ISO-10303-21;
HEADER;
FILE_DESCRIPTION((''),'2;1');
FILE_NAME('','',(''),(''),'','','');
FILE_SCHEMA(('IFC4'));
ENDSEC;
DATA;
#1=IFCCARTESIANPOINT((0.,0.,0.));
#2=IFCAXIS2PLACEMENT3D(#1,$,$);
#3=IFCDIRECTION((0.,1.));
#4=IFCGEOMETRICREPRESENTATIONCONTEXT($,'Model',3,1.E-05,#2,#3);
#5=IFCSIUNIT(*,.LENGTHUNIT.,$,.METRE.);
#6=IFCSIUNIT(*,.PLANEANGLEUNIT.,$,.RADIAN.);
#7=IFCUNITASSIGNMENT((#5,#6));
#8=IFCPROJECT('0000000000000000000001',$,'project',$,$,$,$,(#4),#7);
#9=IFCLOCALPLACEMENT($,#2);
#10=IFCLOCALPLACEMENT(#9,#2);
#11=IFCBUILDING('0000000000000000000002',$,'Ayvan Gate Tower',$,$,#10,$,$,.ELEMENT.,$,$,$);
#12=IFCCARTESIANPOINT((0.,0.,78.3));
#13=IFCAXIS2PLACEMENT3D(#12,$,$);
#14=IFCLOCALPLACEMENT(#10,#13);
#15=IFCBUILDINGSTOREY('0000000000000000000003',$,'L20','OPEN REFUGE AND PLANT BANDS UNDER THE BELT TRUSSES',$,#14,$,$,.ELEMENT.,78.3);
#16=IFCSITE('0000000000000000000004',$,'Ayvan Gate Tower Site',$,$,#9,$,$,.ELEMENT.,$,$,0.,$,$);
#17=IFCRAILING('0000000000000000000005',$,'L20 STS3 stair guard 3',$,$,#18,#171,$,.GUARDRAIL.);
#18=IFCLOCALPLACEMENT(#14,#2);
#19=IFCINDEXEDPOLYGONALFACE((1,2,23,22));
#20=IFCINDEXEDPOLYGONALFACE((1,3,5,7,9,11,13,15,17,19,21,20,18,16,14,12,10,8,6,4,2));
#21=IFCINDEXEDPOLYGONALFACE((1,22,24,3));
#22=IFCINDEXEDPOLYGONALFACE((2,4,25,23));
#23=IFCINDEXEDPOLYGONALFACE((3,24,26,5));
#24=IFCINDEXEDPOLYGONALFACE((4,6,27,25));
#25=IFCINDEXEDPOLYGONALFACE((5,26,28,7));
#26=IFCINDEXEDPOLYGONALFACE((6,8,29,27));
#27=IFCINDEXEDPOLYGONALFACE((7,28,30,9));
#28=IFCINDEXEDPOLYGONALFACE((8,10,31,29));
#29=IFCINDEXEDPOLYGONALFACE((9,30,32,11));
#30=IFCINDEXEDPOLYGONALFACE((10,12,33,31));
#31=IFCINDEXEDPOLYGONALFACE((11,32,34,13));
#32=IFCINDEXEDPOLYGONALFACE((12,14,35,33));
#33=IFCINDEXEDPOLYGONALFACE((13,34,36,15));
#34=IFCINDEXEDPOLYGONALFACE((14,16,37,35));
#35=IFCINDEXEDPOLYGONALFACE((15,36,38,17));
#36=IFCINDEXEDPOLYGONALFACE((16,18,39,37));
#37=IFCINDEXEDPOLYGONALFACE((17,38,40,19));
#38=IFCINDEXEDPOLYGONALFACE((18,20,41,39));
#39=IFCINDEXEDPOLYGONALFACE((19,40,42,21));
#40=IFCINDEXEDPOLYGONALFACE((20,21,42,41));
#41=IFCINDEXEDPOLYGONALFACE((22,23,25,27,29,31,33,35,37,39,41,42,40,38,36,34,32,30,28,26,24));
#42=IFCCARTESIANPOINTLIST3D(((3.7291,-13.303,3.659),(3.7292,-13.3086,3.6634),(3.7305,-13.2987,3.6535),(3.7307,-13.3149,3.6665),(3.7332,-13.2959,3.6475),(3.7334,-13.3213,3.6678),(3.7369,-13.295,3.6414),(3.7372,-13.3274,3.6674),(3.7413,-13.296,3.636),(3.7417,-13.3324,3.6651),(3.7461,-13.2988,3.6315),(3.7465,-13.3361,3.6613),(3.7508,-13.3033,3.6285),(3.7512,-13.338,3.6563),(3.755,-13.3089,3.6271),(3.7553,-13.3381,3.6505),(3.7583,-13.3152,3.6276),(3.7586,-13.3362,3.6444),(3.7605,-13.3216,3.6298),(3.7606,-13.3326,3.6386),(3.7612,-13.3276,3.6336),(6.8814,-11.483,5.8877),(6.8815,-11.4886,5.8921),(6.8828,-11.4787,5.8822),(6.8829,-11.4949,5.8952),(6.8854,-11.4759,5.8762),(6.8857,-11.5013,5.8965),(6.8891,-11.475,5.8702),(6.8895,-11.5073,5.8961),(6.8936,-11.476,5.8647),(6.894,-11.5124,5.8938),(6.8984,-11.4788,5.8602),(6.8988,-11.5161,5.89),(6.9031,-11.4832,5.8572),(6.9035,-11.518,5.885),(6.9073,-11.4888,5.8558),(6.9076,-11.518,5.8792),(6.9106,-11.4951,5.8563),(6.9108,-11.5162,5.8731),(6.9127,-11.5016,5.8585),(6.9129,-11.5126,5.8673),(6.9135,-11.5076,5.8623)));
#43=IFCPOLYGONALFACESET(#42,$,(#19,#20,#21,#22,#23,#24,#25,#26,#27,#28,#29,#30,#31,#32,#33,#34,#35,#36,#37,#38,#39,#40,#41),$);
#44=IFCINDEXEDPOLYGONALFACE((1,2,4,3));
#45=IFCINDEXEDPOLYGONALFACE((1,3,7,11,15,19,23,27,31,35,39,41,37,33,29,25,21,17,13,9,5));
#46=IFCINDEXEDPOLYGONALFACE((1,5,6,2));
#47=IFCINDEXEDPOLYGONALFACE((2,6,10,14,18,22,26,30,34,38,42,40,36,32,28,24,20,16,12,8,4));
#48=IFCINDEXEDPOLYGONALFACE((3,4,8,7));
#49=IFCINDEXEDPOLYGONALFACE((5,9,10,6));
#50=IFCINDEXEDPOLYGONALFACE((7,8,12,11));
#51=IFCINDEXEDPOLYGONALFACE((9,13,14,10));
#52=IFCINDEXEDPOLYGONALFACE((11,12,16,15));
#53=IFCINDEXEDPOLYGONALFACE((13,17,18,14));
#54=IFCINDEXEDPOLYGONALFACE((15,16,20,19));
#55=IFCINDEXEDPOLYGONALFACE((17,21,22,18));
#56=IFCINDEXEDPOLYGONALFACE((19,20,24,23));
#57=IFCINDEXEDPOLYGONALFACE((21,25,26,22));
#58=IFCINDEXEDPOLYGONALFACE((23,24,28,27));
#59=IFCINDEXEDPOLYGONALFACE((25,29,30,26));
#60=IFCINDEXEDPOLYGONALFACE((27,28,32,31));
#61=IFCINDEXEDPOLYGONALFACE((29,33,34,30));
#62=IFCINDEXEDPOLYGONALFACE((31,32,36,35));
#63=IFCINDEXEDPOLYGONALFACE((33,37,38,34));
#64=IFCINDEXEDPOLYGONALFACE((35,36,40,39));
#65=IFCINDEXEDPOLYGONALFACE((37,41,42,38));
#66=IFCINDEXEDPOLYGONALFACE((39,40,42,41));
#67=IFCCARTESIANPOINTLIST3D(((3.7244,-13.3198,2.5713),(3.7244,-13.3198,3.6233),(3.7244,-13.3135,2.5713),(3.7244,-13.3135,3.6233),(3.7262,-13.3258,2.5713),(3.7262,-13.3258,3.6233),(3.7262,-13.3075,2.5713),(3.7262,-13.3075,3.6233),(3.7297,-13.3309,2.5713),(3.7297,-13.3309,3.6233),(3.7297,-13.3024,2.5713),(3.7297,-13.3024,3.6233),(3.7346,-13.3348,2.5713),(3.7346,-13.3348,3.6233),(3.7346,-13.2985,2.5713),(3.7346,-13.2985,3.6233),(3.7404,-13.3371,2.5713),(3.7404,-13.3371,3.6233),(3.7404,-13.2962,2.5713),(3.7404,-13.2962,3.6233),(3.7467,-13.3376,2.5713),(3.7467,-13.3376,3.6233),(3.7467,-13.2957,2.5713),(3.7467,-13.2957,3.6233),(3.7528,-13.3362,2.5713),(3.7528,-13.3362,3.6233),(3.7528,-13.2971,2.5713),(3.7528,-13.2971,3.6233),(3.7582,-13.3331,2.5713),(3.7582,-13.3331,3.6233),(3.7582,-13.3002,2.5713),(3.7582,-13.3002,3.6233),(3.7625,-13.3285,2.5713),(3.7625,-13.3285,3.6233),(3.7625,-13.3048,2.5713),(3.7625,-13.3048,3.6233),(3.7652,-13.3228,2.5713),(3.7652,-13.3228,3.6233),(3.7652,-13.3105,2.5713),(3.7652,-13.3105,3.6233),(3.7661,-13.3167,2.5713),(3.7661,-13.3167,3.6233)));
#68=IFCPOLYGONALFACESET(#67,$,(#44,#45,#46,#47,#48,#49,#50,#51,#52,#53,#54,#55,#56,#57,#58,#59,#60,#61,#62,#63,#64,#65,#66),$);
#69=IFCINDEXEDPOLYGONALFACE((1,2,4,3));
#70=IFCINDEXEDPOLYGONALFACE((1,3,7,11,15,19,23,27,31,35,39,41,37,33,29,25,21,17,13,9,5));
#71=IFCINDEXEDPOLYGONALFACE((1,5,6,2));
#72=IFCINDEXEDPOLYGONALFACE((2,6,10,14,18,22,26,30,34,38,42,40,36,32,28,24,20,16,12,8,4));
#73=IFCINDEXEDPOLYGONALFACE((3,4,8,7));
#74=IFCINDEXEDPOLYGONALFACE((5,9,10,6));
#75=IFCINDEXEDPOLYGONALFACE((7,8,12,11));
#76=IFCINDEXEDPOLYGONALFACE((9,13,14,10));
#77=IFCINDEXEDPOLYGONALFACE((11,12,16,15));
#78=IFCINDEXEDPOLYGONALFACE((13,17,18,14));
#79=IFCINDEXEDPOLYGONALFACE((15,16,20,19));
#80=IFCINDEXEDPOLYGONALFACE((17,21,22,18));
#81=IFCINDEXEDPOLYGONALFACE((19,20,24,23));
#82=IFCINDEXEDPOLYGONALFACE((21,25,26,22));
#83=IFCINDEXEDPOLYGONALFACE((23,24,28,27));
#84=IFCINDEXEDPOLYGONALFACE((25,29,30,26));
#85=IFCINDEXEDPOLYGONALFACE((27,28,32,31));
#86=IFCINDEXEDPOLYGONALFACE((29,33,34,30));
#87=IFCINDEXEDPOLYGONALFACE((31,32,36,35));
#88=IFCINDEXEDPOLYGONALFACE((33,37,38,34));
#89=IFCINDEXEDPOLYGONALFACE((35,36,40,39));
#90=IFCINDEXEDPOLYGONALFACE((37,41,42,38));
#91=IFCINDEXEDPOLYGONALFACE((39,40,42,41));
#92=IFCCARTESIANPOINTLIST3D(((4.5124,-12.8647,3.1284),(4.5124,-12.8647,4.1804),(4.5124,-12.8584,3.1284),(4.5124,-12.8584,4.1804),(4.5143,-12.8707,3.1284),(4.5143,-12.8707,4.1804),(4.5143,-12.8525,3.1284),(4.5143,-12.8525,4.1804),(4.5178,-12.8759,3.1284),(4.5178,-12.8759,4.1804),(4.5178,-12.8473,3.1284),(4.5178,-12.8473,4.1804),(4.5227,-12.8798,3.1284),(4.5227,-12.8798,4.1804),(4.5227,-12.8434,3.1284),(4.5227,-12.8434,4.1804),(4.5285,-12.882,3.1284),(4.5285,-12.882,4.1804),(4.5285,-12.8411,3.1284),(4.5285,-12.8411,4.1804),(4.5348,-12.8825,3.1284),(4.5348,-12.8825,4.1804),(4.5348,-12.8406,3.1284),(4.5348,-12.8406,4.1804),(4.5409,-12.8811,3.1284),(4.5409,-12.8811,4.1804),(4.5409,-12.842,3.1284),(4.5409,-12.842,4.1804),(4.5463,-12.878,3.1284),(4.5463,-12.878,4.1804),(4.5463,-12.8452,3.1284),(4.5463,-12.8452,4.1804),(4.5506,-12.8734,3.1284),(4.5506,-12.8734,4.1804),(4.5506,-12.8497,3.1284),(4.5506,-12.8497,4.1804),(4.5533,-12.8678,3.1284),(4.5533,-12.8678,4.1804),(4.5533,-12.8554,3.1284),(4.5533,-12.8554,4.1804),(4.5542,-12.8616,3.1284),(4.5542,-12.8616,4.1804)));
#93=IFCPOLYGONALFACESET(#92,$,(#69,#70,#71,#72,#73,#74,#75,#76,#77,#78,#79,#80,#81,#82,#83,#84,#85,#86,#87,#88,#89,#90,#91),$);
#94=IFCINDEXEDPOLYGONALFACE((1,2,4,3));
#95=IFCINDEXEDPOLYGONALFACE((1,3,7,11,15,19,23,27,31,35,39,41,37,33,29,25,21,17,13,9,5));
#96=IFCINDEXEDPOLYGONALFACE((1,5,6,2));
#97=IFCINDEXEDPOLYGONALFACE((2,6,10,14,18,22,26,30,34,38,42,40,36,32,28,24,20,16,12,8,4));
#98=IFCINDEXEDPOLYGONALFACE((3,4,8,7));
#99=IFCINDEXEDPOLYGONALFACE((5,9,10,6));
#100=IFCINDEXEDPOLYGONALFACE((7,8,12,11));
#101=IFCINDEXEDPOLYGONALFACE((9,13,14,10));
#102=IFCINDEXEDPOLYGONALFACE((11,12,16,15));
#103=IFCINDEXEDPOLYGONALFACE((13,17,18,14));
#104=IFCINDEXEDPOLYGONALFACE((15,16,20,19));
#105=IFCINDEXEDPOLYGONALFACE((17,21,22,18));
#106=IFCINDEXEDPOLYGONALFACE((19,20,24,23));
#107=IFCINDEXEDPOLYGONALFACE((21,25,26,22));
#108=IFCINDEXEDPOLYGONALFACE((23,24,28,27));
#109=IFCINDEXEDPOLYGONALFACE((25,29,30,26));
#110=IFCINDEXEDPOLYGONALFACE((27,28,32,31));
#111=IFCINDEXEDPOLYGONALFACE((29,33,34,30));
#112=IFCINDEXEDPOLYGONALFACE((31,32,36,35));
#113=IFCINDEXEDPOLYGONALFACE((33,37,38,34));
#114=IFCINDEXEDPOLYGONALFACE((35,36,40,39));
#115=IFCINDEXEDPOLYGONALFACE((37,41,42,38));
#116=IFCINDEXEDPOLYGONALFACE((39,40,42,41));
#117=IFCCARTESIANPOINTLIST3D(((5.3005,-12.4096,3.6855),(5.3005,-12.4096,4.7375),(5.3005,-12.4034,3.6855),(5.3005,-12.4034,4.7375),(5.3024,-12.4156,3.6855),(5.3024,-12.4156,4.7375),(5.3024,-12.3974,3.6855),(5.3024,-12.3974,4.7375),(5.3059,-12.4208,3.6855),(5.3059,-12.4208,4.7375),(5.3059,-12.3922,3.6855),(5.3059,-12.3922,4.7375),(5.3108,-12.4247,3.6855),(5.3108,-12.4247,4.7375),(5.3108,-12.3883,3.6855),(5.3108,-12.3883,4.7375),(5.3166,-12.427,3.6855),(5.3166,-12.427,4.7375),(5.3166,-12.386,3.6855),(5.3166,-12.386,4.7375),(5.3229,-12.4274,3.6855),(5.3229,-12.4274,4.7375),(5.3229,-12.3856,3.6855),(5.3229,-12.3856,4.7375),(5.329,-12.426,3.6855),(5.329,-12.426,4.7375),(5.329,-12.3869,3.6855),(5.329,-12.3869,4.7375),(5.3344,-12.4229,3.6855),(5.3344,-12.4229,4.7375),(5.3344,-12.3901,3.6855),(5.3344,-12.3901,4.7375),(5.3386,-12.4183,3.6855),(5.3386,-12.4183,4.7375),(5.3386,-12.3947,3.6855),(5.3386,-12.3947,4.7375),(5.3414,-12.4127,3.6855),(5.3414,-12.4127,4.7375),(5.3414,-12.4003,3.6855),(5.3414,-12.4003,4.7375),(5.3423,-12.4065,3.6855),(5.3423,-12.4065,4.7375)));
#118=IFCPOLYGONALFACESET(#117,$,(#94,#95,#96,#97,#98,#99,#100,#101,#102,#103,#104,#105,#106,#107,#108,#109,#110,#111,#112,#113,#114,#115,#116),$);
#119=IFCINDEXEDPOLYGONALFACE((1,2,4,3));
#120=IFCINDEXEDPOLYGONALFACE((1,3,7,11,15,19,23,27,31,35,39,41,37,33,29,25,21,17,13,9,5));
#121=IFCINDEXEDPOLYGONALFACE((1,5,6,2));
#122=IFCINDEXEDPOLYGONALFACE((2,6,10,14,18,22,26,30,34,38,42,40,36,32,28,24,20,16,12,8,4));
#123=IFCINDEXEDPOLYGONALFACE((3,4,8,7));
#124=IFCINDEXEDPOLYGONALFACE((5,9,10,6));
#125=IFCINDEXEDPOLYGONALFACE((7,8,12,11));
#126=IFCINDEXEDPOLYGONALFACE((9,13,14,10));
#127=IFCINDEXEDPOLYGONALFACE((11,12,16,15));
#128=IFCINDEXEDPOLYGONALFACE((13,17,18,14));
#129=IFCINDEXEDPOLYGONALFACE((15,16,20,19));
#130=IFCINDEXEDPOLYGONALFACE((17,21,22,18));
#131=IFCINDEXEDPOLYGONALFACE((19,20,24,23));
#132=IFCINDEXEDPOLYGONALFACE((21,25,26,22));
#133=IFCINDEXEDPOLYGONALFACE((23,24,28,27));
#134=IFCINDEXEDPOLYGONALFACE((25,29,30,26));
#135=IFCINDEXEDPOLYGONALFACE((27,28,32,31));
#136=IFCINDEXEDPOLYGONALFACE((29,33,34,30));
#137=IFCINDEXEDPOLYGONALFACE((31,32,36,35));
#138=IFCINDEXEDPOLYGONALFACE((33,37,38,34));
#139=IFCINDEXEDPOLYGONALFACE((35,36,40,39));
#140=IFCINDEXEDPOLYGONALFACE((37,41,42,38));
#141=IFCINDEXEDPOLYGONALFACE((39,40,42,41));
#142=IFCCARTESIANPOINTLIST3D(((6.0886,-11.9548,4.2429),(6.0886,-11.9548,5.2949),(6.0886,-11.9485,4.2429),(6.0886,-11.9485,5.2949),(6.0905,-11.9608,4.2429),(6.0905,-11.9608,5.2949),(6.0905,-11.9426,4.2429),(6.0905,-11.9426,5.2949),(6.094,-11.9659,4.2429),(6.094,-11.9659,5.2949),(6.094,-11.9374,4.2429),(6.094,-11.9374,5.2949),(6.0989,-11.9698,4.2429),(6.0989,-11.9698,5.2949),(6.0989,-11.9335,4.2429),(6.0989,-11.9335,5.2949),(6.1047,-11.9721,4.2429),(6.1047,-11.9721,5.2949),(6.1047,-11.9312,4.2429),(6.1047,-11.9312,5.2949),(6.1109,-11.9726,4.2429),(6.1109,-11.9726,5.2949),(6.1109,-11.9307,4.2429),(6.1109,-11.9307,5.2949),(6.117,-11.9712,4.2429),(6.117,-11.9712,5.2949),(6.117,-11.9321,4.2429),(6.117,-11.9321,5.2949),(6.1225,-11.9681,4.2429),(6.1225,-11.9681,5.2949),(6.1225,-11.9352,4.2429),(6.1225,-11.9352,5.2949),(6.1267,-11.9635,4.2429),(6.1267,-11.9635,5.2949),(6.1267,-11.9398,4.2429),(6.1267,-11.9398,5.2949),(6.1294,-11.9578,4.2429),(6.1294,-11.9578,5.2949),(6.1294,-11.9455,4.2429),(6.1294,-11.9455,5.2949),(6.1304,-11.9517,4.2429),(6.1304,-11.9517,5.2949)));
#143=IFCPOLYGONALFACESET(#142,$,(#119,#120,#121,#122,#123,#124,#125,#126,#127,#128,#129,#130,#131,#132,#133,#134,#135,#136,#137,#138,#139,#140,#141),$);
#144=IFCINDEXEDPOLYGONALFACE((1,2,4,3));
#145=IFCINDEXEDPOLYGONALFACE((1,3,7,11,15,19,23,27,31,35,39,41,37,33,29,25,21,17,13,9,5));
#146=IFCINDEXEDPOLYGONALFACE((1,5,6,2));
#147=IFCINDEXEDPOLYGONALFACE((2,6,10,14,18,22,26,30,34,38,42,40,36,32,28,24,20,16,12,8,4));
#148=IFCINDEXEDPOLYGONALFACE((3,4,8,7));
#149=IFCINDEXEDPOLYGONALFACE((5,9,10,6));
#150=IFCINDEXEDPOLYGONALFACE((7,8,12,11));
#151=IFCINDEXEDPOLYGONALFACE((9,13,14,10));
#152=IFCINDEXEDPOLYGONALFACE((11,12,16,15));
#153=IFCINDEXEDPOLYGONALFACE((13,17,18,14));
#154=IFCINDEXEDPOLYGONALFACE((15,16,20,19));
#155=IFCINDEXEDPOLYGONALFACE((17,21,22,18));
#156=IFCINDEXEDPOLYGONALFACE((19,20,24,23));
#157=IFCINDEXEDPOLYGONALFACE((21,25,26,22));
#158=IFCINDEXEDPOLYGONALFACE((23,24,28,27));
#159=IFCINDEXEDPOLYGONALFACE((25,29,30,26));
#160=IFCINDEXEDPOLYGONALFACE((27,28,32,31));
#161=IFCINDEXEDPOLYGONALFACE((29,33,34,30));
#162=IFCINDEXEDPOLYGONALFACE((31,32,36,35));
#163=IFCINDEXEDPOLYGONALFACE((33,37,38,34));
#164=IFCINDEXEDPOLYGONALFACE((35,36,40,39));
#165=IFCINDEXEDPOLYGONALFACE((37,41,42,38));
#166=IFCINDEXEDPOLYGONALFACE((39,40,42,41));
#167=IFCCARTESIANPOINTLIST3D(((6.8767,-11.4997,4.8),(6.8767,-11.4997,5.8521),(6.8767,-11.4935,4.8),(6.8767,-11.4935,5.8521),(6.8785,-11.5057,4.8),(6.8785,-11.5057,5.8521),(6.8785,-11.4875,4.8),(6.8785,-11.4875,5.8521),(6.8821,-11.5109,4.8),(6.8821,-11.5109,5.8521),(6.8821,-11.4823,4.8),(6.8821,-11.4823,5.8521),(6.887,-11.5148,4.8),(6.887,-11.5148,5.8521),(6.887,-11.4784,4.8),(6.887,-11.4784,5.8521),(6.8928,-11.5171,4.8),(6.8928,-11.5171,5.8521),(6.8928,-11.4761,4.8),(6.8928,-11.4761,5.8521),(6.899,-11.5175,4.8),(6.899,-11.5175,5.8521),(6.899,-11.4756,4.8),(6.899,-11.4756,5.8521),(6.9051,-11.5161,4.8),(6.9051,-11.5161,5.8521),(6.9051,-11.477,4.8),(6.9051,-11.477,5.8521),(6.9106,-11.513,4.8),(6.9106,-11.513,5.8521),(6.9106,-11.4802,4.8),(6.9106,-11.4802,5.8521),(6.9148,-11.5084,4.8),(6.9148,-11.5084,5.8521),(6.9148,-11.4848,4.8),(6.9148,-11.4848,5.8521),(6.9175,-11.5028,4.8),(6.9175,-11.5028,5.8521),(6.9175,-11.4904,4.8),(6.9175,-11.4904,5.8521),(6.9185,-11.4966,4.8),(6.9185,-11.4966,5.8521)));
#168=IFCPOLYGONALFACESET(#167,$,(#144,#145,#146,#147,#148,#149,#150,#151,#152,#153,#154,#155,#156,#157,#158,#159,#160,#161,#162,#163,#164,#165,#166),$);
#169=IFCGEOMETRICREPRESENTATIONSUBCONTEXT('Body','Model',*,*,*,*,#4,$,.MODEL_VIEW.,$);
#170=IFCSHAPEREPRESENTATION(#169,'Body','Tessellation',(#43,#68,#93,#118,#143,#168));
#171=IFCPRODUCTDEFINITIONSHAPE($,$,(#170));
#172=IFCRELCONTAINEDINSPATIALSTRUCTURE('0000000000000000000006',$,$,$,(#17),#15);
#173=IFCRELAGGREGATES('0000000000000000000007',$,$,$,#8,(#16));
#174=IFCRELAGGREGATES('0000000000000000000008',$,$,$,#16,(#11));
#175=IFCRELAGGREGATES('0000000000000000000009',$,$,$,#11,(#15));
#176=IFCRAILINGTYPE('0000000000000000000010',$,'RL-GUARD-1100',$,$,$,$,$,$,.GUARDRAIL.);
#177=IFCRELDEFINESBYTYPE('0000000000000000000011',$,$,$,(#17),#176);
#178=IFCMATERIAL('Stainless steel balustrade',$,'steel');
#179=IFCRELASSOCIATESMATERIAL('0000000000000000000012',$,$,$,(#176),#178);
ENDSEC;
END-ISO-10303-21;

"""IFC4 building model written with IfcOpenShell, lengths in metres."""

from ifc_helpers import new_model, si_unit, direction, frame, origin, origin_2d, place, context, subcontext, project, spatial, circle, extrude, material, type_object, element, save


model = new_model("IFC4")

# Units and contexts
model_context = context("Model", 3, precision=1e-05, world=origin(), true_north=direction((0.0, 1.0)))
body_context = subcontext(model_context, "Body", "Model", "MODEL_VIEW")
ifc_project = project(units=[si_unit("LENGTHUNIT", "METRE"), si_unit("PLANEANGLEUNIT", "RADIAN")], contexts=[model_context])

# Site, building, storey
site_placement = place(None, origin())
site = spatial("IfcSite", under=ifc_project, at=site_placement, Name="Ayvan Gate Tower Site", CompositionType="ELEMENT", RefElevation=0.0)
building_placement = place(site_placement, origin())
building = spatial("IfcBuilding", under=site, at=building_placement, Name="Ayvan Gate Tower", CompositionType="ELEMENT")
storey_placement = place(building_placement, frame((0.0, 0.0, 78.3)))
storey = spatial("IfcBuildingStorey", under=building, at=storey_placement, Name="L20", Description="OPEN REFUGE AND PLANT BANDS UNDER THE BELT TRUSSES", CompositionType="ELEMENT", Elevation=78.3)

# Railing
ifc_material_1 = material(Name="Stainless steel balustrade", Category="steel")
railing_type_1 = type_object("IfcRailingType", Name="RL-GUARD-1100", PredefinedType="GUARDRAIL", material=ifc_material_1)
railing_1_placement = place(storey_placement, frame((3.7451, -13.3167, 2.5713)))
element("IfcRailing", 1, at=railing_1_placement, inside=storey, type_object=railing_type_1, Name="L20 STS3 stair guard 3", PredefinedType="GUARDRAIL", context=body_context, shape_type="SweptSolid", body=[
    extrude(circle(Radius=0.0239, at=origin_2d()), frame((0.0, 0.0, 1.0762), z_axis=(0.73857, 0.426428, 0.522181), x_axis=(-0.500013, 0.866018, 0.0)), (0.0, 0.0, 1.0), 4.2681),
    extrude(circle(Radius=0.021, at=origin_2d()), origin(), (0.0, 0.0, 1.0), 1.052),
    extrude(circle(Radius=0.021, at=origin_2d()), frame((0.7881, 0.4551, 0.5571)), (0.0, 0.0, 1.0), 1.052),
    extrude(circle(Radius=0.021, at=origin_2d()), frame((1.5762, 0.9102, 1.1143)), (0.0, 0.0, 1.0), 1.052),
    extrude(circle(Radius=0.021, at=origin_2d()), frame((2.3643, 1.365, 1.6716)), (0.0, 0.0, 1.0), 1.052),
    extrude(circle(Radius=0.021, at=origin_2d()), frame((3.1523, 1.8201, 2.2288)), (0.0, 0.0, 1.0), 1.052),
])

save(model, "model.ifc")
